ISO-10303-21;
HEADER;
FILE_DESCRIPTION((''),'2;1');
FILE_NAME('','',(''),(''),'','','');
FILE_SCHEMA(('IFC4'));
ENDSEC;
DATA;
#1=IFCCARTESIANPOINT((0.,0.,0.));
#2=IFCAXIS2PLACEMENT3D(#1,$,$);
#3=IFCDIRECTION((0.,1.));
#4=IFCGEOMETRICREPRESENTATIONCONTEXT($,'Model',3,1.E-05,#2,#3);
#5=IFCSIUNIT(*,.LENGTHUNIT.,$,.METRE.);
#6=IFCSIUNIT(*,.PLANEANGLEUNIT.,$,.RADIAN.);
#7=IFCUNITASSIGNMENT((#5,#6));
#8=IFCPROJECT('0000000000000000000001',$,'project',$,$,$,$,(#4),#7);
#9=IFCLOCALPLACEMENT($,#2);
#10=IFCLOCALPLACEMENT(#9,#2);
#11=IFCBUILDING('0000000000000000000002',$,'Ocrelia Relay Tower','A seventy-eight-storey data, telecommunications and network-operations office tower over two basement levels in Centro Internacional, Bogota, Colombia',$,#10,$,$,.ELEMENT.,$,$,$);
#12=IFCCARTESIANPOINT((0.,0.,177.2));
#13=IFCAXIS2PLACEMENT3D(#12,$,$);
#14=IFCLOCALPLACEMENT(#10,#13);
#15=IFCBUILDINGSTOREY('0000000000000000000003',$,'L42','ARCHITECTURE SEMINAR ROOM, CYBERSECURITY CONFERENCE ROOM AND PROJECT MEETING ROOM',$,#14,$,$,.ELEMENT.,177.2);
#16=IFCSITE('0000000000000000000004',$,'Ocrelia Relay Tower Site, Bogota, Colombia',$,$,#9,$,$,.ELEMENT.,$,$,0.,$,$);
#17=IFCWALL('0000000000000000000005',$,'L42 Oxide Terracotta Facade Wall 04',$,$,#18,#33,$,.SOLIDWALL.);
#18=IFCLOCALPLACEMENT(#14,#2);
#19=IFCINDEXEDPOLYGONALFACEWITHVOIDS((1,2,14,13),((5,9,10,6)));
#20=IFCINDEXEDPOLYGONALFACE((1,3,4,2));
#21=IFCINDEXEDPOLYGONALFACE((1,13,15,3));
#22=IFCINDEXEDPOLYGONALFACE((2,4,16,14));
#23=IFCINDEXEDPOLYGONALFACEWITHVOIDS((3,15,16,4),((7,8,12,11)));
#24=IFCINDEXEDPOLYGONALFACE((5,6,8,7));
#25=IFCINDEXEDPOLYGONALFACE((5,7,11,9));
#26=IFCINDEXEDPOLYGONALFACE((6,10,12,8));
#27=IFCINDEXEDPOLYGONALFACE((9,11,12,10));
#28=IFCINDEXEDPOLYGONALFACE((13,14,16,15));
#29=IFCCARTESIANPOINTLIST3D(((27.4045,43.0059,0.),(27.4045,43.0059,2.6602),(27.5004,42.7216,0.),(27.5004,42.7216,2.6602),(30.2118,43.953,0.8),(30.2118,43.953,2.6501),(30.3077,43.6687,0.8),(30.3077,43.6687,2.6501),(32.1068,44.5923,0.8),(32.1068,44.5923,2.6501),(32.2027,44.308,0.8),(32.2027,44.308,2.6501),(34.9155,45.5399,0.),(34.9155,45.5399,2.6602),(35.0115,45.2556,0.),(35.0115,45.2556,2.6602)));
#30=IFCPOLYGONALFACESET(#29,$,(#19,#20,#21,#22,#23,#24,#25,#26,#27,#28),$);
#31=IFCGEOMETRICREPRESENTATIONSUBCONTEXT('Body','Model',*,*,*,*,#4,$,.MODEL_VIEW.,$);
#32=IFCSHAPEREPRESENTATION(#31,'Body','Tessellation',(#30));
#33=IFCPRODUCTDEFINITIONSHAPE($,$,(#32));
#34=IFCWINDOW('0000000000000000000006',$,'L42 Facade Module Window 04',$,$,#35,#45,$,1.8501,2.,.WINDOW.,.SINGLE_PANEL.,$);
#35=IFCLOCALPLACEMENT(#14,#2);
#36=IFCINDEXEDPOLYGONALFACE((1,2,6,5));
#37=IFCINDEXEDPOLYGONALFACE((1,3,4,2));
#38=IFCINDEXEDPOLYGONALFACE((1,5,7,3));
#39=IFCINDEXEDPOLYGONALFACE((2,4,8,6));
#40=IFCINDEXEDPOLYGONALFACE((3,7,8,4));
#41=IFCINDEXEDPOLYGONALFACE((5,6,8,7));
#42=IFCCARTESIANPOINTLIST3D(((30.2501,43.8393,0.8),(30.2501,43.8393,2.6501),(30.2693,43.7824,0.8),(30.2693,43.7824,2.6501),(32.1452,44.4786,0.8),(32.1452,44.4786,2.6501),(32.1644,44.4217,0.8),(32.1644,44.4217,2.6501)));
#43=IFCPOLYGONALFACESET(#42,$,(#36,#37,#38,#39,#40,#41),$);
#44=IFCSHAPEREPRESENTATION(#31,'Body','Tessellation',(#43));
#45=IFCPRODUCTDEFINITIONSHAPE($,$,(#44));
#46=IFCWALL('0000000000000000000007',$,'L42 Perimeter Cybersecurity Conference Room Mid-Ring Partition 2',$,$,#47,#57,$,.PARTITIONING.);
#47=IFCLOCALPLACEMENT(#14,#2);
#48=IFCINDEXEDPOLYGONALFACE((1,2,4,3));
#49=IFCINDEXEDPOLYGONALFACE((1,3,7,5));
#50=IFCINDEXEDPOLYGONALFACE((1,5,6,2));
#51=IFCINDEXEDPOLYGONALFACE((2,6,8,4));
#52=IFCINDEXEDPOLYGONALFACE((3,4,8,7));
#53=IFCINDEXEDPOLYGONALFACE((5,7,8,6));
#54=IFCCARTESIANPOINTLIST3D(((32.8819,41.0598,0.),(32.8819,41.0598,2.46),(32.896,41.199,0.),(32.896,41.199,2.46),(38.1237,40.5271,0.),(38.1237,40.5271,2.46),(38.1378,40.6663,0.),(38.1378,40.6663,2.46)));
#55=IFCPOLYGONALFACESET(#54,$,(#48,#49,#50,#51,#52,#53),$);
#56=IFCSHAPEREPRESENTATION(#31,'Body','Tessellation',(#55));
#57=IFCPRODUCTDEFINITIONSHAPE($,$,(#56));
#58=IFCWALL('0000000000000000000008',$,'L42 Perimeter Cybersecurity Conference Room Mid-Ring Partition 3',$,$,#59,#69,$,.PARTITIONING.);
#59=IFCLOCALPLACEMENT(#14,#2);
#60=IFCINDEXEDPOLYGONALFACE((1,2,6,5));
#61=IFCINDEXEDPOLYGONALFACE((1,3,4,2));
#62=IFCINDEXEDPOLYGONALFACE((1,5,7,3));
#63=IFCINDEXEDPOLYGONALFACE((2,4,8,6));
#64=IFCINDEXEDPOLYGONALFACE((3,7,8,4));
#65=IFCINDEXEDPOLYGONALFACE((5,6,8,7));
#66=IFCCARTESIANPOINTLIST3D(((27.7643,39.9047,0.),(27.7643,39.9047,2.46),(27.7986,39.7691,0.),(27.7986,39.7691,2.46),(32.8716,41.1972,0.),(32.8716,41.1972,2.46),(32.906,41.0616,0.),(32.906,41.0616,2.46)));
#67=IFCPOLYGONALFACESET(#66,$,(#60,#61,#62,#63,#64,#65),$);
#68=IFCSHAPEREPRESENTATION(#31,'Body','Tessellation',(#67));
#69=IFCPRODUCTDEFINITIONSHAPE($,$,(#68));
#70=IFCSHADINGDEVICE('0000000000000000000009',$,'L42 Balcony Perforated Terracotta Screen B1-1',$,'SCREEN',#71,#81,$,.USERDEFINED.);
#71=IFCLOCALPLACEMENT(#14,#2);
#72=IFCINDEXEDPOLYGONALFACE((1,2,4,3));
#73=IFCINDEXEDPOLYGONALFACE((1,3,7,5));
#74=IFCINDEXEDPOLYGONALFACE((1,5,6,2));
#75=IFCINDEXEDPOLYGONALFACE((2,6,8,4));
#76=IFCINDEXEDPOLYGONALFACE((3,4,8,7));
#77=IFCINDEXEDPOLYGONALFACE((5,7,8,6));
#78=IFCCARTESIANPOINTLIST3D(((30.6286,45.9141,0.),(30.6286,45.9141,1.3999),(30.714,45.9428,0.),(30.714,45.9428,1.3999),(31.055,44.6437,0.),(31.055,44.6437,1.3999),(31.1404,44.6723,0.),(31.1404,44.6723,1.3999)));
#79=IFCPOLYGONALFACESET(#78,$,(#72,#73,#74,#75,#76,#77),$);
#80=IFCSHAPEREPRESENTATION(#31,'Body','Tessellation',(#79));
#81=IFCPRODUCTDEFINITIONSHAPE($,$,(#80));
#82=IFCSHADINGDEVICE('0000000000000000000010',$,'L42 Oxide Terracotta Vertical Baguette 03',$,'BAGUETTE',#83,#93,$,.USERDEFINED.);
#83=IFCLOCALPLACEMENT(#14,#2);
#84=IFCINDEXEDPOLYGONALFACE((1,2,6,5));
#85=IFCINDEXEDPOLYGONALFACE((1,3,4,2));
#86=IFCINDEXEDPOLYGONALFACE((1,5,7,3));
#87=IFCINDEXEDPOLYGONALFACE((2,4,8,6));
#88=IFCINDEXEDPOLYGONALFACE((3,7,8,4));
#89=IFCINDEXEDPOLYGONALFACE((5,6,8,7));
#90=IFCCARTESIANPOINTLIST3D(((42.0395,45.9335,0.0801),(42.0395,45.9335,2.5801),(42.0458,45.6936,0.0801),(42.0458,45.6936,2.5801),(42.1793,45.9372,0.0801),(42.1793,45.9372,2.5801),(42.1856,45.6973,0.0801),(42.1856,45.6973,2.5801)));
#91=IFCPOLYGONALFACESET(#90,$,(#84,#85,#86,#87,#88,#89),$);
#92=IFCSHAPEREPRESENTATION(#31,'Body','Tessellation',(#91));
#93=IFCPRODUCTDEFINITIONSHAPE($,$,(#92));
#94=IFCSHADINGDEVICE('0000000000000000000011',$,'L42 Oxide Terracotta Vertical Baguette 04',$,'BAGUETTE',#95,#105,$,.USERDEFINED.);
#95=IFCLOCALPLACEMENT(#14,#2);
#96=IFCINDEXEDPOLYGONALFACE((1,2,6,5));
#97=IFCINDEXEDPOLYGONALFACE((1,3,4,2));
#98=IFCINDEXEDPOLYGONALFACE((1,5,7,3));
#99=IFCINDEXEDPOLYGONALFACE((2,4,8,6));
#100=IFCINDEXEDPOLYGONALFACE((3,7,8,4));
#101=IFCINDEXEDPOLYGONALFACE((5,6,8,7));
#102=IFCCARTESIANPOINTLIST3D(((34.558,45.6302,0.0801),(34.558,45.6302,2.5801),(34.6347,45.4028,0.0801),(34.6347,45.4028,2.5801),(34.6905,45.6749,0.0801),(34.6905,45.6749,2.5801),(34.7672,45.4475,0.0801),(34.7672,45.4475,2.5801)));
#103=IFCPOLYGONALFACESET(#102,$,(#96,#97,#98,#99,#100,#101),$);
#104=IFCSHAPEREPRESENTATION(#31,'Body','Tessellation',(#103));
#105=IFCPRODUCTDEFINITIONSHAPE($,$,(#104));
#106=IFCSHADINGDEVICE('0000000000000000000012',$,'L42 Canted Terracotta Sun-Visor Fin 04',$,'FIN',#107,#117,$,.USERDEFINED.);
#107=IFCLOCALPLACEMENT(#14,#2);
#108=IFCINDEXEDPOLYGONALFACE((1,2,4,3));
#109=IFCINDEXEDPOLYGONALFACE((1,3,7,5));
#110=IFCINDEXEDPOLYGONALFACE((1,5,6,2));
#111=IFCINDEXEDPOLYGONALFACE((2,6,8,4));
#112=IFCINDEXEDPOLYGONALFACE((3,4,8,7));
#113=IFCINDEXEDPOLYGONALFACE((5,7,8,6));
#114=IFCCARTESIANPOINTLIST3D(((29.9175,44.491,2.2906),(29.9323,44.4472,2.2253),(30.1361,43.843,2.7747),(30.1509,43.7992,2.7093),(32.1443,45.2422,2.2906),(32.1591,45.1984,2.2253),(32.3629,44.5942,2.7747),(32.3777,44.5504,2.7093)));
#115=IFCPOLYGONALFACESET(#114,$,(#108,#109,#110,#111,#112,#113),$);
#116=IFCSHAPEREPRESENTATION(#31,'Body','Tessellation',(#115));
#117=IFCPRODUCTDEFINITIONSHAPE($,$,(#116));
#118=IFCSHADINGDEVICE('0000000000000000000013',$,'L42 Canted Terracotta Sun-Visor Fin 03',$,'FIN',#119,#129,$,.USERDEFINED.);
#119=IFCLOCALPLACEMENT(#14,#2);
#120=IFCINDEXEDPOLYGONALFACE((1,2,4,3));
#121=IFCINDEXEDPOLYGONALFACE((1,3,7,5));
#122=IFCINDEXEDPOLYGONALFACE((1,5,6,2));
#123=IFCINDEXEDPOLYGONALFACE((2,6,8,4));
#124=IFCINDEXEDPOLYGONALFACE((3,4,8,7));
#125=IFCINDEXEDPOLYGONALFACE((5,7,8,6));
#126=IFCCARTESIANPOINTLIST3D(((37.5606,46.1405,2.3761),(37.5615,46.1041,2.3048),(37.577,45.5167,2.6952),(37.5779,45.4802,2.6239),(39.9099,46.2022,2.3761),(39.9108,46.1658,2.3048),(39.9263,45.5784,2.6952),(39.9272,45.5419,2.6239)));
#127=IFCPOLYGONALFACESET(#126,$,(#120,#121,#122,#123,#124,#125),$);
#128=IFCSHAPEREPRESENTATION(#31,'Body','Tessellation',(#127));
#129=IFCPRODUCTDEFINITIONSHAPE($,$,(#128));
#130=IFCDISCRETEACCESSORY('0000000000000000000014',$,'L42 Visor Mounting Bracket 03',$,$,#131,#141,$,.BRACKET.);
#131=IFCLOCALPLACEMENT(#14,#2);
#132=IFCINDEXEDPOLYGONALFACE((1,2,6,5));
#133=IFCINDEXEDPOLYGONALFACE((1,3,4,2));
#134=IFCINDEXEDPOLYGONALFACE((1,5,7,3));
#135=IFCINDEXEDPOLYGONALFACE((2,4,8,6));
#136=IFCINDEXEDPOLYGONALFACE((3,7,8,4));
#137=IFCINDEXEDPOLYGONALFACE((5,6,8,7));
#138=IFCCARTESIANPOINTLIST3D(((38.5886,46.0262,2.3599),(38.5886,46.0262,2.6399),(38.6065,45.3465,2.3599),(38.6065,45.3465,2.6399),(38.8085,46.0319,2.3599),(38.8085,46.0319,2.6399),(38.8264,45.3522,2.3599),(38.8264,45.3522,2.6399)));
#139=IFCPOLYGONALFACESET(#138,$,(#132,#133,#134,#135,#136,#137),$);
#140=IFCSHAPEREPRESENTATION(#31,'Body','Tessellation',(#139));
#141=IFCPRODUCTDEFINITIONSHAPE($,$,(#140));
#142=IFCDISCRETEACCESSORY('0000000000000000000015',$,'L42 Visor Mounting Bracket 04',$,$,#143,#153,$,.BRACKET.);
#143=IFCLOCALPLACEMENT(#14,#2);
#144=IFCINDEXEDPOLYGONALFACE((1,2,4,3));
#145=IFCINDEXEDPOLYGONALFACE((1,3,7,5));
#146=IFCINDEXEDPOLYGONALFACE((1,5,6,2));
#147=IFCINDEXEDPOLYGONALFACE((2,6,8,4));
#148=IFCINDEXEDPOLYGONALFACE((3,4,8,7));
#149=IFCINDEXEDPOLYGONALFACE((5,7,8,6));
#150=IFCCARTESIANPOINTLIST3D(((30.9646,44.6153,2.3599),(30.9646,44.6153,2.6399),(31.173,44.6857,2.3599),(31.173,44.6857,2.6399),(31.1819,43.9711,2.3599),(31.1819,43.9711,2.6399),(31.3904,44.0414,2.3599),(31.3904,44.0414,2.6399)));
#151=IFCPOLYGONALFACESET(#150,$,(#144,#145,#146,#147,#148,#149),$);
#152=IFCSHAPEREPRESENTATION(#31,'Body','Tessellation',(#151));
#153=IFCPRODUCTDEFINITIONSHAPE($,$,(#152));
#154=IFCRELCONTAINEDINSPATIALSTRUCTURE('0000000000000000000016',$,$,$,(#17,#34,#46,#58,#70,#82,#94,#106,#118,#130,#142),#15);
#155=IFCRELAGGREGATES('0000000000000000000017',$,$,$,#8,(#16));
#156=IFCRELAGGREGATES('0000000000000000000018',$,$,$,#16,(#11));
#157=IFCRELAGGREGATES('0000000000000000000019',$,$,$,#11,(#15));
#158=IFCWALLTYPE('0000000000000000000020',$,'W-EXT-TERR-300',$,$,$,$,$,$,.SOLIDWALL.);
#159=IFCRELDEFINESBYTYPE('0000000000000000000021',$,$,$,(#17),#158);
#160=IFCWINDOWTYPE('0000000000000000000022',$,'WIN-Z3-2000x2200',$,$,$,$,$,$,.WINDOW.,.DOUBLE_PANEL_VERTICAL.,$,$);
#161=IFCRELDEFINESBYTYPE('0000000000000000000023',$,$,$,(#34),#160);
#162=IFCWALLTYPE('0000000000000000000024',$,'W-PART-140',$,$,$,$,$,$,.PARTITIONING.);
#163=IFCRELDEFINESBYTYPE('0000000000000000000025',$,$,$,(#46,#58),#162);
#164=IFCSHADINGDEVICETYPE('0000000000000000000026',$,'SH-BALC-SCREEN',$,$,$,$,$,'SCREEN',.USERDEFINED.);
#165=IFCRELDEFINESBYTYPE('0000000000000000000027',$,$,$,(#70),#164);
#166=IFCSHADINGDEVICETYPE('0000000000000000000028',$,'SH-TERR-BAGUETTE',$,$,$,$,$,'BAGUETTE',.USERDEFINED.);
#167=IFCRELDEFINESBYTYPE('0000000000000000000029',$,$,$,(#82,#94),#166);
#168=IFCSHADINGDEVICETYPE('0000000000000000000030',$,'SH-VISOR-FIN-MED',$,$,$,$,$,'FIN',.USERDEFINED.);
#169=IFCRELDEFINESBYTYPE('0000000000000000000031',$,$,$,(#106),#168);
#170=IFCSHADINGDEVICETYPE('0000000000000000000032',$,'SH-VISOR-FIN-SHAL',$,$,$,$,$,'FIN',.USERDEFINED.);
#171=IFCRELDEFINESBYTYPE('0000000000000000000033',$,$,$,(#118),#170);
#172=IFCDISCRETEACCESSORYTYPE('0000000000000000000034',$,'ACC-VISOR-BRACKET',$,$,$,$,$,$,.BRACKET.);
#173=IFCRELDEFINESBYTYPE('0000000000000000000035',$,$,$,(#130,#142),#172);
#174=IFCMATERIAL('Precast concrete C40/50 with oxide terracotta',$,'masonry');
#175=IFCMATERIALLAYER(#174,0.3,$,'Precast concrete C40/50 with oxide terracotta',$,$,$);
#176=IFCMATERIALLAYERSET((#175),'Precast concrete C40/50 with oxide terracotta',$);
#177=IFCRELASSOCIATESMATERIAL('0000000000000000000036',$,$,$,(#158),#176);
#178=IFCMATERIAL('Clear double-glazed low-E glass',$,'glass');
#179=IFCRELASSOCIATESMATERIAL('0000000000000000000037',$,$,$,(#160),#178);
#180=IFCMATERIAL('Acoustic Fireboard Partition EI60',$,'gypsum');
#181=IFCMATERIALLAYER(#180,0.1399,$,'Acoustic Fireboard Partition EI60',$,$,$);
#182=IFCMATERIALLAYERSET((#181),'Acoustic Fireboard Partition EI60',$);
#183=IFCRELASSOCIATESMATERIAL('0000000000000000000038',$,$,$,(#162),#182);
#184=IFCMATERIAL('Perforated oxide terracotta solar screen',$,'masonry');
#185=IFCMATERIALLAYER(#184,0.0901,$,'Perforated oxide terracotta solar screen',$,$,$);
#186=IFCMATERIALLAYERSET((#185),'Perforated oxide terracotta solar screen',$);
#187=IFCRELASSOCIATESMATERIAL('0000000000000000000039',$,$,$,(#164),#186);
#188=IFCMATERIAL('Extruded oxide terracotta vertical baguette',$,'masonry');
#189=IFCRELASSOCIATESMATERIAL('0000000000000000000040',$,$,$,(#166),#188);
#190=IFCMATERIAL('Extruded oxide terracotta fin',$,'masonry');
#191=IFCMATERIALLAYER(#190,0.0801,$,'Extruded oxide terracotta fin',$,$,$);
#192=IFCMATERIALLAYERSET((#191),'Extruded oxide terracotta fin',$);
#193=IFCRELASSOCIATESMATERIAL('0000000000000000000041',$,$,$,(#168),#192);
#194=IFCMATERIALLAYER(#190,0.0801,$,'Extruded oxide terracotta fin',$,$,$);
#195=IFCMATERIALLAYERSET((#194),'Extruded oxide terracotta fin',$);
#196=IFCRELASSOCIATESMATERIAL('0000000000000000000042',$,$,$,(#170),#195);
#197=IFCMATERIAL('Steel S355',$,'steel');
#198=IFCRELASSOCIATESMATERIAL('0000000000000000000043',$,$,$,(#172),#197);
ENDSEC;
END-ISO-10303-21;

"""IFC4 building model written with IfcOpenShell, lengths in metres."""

from ifc_helpers import new_model, si_unit, direction, frame, frame_2d, origin, origin_2d, place, context, subcontext, project, spatial, rectangle, extrude, material, layer, layer_set, type_object, element, fill, save


model = new_model("IFC4")

# Units and contexts
model_context = context("Model", 3, precision=1e-05, world=origin(), true_north=direction((0.0, 1.0)))
body_context = subcontext(model_context, "Body", "Model", "MODEL_VIEW")
ifc_project = project(units=[si_unit("LENGTHUNIT", "METRE"), si_unit("PLANEANGLEUNIT", "RADIAN")], contexts=[model_context])

# Site, building, storey
site_placement = place(None, origin())
site = spatial("IfcSite", under=ifc_project, at=site_placement, Name="Ocrelia Relay Tower Site, Bogota, Colombia", CompositionType="ELEMENT", RefElevation=0.0)
building_placement = place(site_placement, origin())
building = spatial("IfcBuilding", under=site, at=building_placement, Name="Ocrelia Relay Tower", Description="A seventy-eight-storey data, telecommunications and network-operations office tower over two basement levels in Centro Internacional, Bogota, Colombia", CompositionType="ELEMENT")
storey_placement = place(building_placement, frame((0.0, 0.0, 177.2)))
storey = spatial("IfcBuildingStorey", under=building, at=storey_placement, Name="L42", Description="ARCHITECTURE SEMINAR ROOM, CYBERSECURITY CONFERENCE ROOM AND PROJECT MEETING ROOM", CompositionType="ELEMENT", Elevation=177.2)

# Shared definitions
ifc_material_1 = material(Name="Steel S355", Category="steel")

# Wall, opening, window
ifc_material_2 = material(Name="Precast concrete C40/50 with oxide terracotta", Category="masonry")
ifc_layer_1 = layer(ifc_material_2, 0.3, Name="Precast concrete C40/50 with oxide terracotta")
ifc_layer_set_1 = layer_set([ifc_layer_1], Name="Precast concrete C40/50 with oxide terracotta")
wall_type_1 = type_object("IfcWallType", Name="W-EXT-TERR-300", PredefinedType="SOLIDWALL", material=ifc_layer_set_1)
ifc_material_3 = material(Name="Clear double-glazed low-E glass", Category="glass")
window_type = type_object("IfcWindowType", Name="WIN-Z3-2000x2200", PartitioningType="DOUBLE_PANEL_VERTICAL", PredefinedType="WINDOW", material=ifc_material_3)
wall_1_placement = place(storey_placement, frame((34.9634, 45.3977, 0.0), z_axis=(0.0, 0.0, 1.0), x_axis=(-0.947531, -0.319663, 0.0)))
wall_1 = element("IfcWall", 1, at=wall_1_placement, inside=storey, type_object=wall_type_1, Name="L42 Oxide Terracotta Facade Wall 04", PredefinedType="SOLIDWALL", context=body_context, shape_type="SweptSolid", body=[
    extrude(rectangle(XDim=7.927, YDim=0.3, at=frame_2d((3.9634, 0.0))), origin(), (0.0, 0.0, 1.0), 2.6602),
])
opening_1_placement = place(wall_1_placement, frame((2.9641, 0.0, 0.8)))
opening_1 = element("IfcOpeningElement", 2, at=opening_1_placement, cuts=wall_1, PredefinedType="OPENING", context=body_context, shape_type="SweptSolid", body=[
    extrude(rectangle(XDim=2.0, YDim=1.8501, at=frame_2d((1.0, 0.925))), frame((0.0, 0.1602, 0.0), z_axis=(0.0, -1.0, 0.0), x_axis=(1.0, 0.0, 0.0)), (0.0, 0.0, 1.0), 0.3201),
])
window_1_placement = place(opening_1_placement, origin())
window_1 = element("IfcWindow", 3, at=window_1_placement, inside=storey, type_object=window_type, Name="L42 Facade Module Window 04", OverallHeight=1.8501, OverallWidth=2.0, PartitioningType="SINGLE_PANEL", PredefinedType="WINDOW", context=body_context, shape_type="SweptSolid", body=[
    extrude(rectangle(XDim=2.0, YDim=1.8501, at=frame_2d((1.0, 0.925))), frame((0.0, 0.03, 0.0), z_axis=(0.0, -1.0, 0.0), x_axis=(1.0, 0.0, 0.0)), (0.0, 0.0, 1.0), 0.0601),
])
fill(opening_1, window_1)

# Walls
ifc_material_4 = material(Name="Acoustic Fireboard Partition EI60", Category="gypsum")
ifc_layer_2 = layer(ifc_material_4, 0.1399, Name="Acoustic Fireboard Partition EI60")
ifc_layer_set_2 = layer_set([ifc_layer_2], Name="Acoustic Fireboard Partition EI60")
wall_type_2 = type_object("IfcWallType", Name="W-PART-140", PredefinedType="PARTITIONING", material=ifc_layer_set_2)
wall_2_placement = place(storey_placement, frame((38.1306, 40.5967, 0.0), z_axis=(0.0, 0.0, 1.0), x_axis=(-0.994875, 0.101109, 0.0)))
element("IfcWall", 4, at=wall_2_placement, inside=storey, type_object=wall_type_2, Name="L42 Perimeter Cybersecurity Conference Room Mid-Ring Partition 2", PredefinedType="PARTITIONING", context=body_context, shape_type="SweptSolid", body=[
    extrude(rectangle(XDim=5.2688, YDim=0.1399, at=frame_2d((2.6343, 0.0))), origin(), (0.0, 0.0, 1.0), 2.46),
])
wall_3_placement = place(storey_placement, frame((32.8889, 41.1294, 0.0), z_axis=(0.0, 0.0, 1.0), x_axis=(-0.969441, -0.245326, 0.0)))
element("IfcWall", 5, at=wall_3_placement, inside=storey, type_object=wall_type_2, Name="L42 Perimeter Cybersecurity Conference Room Mid-Ring Partition 3", PredefinedType="PARTITIONING", context=body_context, shape_type="SweptSolid", body=[
    extrude(rectangle(XDim=5.2683, YDim=0.1399, at=frame_2d((2.6343, 0.0))), origin(), (0.0, 0.0, 1.0), 2.46),
])

# Shading devices
ifc_material_5 = material(Name="Perforated oxide terracotta solar screen", Category="masonry")
ifc_layer_3 = layer(ifc_material_5, 0.0901, Name="Perforated oxide terracotta solar screen")
ifc_layer_set_3 = layer_set([ifc_layer_3], Name="Perforated oxide terracotta solar screen")
shading_device_type_1 = type_object("IfcShadingDeviceType", Name="SH-BALC-SCREEN", ElementType="SCREEN", PredefinedType="USERDEFINED", material=ifc_layer_set_3)
shading_device_1_placement = place(storey_placement, frame((30.8845, 45.2932, 0.0), z_axis=(0.0, 0.0, 1.0), x_axis=(-0.318208, 0.948021, 0.0)))
element("IfcShadingDevice", 6, at=shading_device_1_placement, inside=storey, type_object=shading_device_type_1, Name="L42 Balcony Perforated Terracotta Screen B1-1", ObjectType="SCREEN", PredefinedType="USERDEFINED", context=body_context, shape_type="SweptSolid", body=[
    extrude(rectangle(XDim=1.3401, YDim=0.0901, at=origin_2d()), origin(), (0.0, 0.0, 1.0), 1.3999),
])
ifc_material_6 = material(Name="Extruded oxide terracotta vertical baguette", Category="masonry")
shading_device_type_2 = type_object("IfcShadingDeviceType", Name="SH-TERR-BAGUETTE", ElementType="BAGUETTE", PredefinedType="USERDEFINED", material=ifc_material_6)
for number, where, z_axis, x_axis, name in (
    (7, (42.1125, 45.8154, 0.0801), (0.0, 0.0, 1.0), (-0.999655, -0.026252, 0.0), "L42 Oxide Terracotta Vertical Baguette 03"),
    (8, (34.6626, 45.5388, 0.0801), (0.0, 0.0, 1.0), (-0.947535, -0.319651, 0.0), "L42 Oxide Terracotta Vertical Baguette 04"),
):
    element("IfcShadingDevice", number, at=place(storey_placement, frame(where, z_axis=z_axis, x_axis=x_axis)), inside=storey, type_object=shading_device_type_2, Name=name, ObjectType="BAGUETTE", PredefinedType="USERDEFINED", context=body_context, shape_type="SweptSolid", body=[
        extrude(rectangle(XDim=0.1399, YDim=0.24, at=origin_2d()), origin(), (0.0, 0.0, 1.0), 2.5),
    ])
ifc_material_7 = material(Name="Extruded oxide terracotta fin", Category="masonry")
ifc_layer_4 = layer(ifc_material_7, 0.0801, Name="Extruded oxide terracotta fin")
ifc_layer_set_4 = layer_set([ifc_layer_4], Name="Extruded oxide terracotta fin")
shading_device_type_3 = type_object("IfcShadingDeviceType", Name="SH-VISOR-FIN-MED", ElementType="FIN", PredefinedType="USERDEFINED", material=ifc_layer_set_4)
shading_device_2_placement = place(storey_placement, frame((31.155, 44.4988, 2.4673), z_axis=(-0.184667, 0.547406, 0.816238), x_axis=(-0.947535, -0.319651, 0.0)))
element("IfcShadingDevice", 9, at=shading_device_2_placement, inside=storey, type_object=shading_device_type_3, Name="L42 Canted Terracotta Sun-Visor Fin 04", ObjectType="FIN", PredefinedType="USERDEFINED", context=body_context, shape_type="SweptSolid", body=[
    extrude(rectangle(XDim=2.3501, YDim=0.8379, at=origin_2d()), origin(), (0.0, 0.0, 1.0), 0.0801),
])
ifc_layer_5 = layer(ifc_material_7, 0.0801, Name="Extruded oxide terracotta fin")
ifc_layer_set_5 = layer_set([ifc_layer_5], Name="Extruded oxide terracotta fin")
shading_device_type_4 = type_object("IfcShadingDeviceType", Name="SH-VISOR-FIN-SHAL", ElementType="FIN", PredefinedType="USERDEFINED", material=ifc_layer_set_5)
shading_device_3_placement = place(storey_placement, frame((38.7444, 45.823, 2.4644), z_axis=(-0.011951, 0.455077, 0.890372), x_axis=(-0.999655, -0.026252, 0.0)))
element("IfcShadingDevice", 10, at=shading_device_3_placement, inside=storey, type_object=shading_device_type_4, Name="L42 Canted Terracotta Sun-Visor Fin 03", ObjectType="FIN", PredefinedType="USERDEFINED", context=body_context, shape_type="SweptSolid", body=[
    extrude(rectangle(XDim=2.3501, YDim=0.7009, at=origin_2d()), origin(), (0.0, 0.0, 1.0), 0.0801),
])

# Discrete accessories
discrete_accessory_type = type_object("IfcDiscreteAccessoryType", Name="ACC-VISOR-BRACKET", PredefinedType="BRACKET", material=ifc_material_1)
for number, where, z_axis, x_axis, name in (
    (11, (38.7075, 45.6892, 2.3599), (0.0, 0.0, 1.0), (-0.999655, -0.026252, 0.0), "L42 Visor Mounting Bracket 03"),
    (12, (31.1775, 44.3284, 2.3599), (0.0, 0.0, 1.0), (-0.947535, -0.319651, 0.0), "L42 Visor Mounting Bracket 04"),
):
    element("IfcDiscreteAccessory", number, at=place(storey_placement, frame(where, z_axis=z_axis, x_axis=x_axis)), inside=storey, type_object=discrete_accessory_type, Name=name, PredefinedType="BRACKET", context=body_context, shape_type="SweptSolid", body=[
        extrude(rectangle(XDim=0.22, YDim=0.6799, at=origin_2d()), origin(), (0.0, 0.0, 1.0), 0.28),
    ])

save(model, "model.ifc")
